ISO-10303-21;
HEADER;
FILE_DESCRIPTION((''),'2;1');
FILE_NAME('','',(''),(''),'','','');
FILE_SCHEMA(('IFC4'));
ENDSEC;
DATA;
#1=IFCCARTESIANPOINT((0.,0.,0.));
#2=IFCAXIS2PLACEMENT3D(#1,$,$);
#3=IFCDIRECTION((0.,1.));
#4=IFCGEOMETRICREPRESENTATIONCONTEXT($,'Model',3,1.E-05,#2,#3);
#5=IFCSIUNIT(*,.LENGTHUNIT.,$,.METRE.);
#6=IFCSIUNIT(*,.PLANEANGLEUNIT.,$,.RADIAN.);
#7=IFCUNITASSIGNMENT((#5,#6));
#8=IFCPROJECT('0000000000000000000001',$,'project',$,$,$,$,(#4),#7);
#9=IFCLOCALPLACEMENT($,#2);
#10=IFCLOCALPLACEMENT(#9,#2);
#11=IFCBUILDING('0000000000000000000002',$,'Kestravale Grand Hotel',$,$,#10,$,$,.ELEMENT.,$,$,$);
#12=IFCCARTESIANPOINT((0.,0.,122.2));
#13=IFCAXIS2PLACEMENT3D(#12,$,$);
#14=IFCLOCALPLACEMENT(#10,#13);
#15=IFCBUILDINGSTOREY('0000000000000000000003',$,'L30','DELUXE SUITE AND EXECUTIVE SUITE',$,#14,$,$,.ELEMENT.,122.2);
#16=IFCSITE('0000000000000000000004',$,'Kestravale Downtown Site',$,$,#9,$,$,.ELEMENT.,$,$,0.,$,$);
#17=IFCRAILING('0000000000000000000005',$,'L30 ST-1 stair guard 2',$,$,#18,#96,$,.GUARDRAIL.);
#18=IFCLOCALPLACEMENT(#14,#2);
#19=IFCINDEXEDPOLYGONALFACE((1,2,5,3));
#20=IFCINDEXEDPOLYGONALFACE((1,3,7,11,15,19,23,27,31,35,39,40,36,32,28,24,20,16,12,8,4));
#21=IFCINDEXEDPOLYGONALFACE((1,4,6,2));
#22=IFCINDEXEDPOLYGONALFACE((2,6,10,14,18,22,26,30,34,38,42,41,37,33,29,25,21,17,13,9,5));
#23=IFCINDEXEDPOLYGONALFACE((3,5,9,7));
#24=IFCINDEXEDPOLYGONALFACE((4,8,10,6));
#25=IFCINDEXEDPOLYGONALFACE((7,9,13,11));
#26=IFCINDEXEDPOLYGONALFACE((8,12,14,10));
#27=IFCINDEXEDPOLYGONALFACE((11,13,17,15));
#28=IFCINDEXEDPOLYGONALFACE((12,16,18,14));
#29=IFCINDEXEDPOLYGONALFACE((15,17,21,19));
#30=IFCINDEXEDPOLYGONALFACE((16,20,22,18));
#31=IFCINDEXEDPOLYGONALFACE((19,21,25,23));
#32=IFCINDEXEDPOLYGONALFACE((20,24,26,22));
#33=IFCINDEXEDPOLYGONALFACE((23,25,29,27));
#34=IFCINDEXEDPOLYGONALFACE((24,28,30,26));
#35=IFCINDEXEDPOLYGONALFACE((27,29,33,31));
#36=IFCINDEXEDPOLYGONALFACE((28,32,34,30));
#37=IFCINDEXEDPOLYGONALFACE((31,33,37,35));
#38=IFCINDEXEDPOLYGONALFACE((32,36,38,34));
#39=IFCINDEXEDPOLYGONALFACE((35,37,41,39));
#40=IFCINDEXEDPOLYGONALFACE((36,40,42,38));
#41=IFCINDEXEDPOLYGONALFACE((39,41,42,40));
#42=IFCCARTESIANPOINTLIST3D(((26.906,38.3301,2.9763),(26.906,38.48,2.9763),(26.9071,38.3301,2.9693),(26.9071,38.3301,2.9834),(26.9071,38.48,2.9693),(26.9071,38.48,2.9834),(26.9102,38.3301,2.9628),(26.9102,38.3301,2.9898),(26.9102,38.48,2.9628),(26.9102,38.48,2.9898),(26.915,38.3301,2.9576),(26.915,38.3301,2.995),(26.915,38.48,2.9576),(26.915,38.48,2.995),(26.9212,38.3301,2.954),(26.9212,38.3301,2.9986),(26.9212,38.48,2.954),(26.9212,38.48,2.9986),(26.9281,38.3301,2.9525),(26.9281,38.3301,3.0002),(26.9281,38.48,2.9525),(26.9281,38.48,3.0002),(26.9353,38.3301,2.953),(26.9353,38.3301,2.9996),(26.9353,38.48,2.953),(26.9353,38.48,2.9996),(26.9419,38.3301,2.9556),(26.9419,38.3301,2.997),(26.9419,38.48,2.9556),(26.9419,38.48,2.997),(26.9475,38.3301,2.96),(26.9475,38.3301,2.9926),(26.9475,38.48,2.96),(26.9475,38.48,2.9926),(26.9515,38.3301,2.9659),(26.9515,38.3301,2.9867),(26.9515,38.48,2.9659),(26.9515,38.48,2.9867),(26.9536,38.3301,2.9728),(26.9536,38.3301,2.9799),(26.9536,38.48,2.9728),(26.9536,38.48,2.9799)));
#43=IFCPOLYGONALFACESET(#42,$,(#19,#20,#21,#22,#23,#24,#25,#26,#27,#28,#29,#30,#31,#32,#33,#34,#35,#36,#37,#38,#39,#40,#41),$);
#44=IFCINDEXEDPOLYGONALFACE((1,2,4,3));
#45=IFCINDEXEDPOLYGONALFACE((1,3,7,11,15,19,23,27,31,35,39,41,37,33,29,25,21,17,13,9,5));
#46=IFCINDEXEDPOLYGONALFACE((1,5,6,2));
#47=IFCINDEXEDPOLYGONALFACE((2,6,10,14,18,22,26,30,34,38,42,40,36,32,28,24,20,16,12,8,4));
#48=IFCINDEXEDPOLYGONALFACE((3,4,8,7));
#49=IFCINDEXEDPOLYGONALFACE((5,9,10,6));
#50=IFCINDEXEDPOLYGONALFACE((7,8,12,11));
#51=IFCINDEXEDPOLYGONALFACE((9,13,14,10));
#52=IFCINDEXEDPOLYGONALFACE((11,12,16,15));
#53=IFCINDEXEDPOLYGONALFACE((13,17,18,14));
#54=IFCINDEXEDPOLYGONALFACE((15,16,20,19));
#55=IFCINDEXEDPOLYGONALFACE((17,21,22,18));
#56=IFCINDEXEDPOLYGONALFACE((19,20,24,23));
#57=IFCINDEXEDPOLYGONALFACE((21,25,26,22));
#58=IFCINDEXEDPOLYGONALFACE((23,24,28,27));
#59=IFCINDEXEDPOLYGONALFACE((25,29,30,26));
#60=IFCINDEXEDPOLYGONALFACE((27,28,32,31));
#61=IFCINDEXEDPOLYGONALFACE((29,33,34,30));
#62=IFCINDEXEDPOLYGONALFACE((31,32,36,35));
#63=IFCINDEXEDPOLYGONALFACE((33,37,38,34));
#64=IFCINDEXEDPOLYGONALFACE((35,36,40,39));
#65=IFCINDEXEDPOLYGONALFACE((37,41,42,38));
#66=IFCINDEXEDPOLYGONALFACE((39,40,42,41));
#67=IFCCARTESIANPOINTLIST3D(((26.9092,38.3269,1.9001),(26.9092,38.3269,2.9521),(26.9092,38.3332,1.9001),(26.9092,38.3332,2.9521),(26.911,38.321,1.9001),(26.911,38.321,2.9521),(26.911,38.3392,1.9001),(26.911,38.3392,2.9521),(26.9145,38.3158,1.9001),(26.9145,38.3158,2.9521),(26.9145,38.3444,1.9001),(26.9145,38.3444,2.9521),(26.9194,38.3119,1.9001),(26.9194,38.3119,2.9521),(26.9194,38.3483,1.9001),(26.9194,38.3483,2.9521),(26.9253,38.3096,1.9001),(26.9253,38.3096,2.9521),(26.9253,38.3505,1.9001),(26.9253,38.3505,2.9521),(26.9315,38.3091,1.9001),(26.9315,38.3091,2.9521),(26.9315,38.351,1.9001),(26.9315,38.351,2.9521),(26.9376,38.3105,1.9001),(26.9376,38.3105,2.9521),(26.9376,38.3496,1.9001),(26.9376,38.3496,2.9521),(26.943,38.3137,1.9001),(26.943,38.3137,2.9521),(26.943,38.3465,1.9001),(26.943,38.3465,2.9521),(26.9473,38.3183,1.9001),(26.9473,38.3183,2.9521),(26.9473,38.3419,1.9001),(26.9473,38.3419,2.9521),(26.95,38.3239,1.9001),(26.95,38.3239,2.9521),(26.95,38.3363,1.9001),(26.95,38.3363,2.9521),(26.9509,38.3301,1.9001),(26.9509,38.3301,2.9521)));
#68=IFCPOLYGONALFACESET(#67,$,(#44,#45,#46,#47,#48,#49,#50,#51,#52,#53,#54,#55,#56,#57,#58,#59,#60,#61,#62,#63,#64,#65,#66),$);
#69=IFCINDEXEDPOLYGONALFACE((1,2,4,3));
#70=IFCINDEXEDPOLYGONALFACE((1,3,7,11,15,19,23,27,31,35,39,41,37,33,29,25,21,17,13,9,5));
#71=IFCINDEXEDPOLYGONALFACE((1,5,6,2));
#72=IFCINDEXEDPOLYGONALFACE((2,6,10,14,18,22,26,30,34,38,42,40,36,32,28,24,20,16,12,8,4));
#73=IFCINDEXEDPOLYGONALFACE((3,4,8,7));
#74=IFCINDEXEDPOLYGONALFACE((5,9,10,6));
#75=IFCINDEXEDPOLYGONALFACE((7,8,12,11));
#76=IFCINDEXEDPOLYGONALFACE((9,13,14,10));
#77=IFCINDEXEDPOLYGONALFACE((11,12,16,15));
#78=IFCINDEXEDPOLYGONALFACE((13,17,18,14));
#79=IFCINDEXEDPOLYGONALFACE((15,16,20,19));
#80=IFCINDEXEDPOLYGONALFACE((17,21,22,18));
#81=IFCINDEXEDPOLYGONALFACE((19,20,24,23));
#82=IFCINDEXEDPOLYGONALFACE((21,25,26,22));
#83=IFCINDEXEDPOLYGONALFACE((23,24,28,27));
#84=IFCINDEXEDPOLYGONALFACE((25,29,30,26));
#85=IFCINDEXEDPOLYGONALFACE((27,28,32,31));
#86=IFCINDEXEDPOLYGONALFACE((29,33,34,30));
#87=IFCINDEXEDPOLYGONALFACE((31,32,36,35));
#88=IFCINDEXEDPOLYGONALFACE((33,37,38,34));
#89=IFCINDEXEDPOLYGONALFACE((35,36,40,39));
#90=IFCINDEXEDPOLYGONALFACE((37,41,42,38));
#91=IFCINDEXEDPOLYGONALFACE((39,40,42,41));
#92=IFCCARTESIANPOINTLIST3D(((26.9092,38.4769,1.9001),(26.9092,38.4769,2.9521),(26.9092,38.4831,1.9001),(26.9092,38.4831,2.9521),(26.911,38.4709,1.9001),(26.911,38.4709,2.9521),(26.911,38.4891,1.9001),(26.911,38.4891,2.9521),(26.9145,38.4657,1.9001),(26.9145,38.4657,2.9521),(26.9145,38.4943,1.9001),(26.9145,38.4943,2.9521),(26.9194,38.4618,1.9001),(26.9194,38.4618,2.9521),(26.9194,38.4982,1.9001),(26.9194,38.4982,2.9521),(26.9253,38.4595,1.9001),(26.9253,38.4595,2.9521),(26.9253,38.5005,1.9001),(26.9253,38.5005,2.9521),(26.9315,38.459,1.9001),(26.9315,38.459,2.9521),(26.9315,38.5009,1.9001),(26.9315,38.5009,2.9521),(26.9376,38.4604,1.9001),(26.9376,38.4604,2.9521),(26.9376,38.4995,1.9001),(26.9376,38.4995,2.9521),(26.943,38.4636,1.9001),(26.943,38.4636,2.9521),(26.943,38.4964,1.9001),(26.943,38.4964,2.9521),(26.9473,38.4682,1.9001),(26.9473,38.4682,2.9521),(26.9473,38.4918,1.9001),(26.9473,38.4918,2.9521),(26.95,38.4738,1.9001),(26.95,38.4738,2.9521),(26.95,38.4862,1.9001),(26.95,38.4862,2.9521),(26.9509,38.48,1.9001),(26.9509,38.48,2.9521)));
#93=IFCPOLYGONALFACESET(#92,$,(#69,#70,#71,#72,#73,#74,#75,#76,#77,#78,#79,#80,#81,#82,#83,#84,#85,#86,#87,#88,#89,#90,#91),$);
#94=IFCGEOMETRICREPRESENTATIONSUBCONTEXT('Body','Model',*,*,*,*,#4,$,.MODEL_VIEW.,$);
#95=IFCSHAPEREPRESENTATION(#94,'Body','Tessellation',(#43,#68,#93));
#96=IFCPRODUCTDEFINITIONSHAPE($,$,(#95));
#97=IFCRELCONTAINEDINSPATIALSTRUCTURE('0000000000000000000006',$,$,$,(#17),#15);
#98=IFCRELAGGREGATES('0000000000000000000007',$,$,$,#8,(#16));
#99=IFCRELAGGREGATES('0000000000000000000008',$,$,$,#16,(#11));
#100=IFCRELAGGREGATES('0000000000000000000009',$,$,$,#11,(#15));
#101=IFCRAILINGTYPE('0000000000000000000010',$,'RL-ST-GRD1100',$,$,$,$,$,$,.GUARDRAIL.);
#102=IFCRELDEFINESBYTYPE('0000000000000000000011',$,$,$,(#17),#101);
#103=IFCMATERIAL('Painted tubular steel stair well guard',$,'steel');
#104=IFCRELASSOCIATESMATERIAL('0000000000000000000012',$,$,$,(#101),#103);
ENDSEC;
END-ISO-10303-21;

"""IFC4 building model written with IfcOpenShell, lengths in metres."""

from ifc_helpers import new_model, si_unit, direction, frame, origin, origin_2d, place, context, subcontext, project, spatial, circle, extrude, material, type_object, element, save


model = new_model("IFC4")

# Units and contexts
model_context = context("Model", 3, precision=1e-05, world=origin(), true_north=direction((0.0, 1.0)))
body_context = subcontext(model_context, "Body", "Model", "MODEL_VIEW")
ifc_project = project(units=[si_unit("LENGTHUNIT", "METRE"), si_unit("PLANEANGLEUNIT", "RADIAN")], contexts=[model_context])

# Site, building, storey
site_placement = place(None, origin())
site = spatial("IfcSite", under=ifc_project, at=site_placement, Name="Kestravale Downtown Site", CompositionType="ELEMENT", RefElevation=0.0)
building_placement = place(site_placement, origin())
building = spatial("IfcBuilding", under=site, at=building_placement, Name="Kestravale Grand Hotel", CompositionType="ELEMENT")
storey_placement = place(building_placement, frame((0.0, 0.0, 122.2)))
storey = spatial("IfcBuildingStorey", under=building, at=storey_placement, Name="L30", Description="DELUXE SUITE AND EXECUTIVE SUITE", CompositionType="ELEMENT", Elevation=122.2)

# Railing
ifc_material_1 = material(Name="Painted tubular steel stair well guard", Category="steel")
railing_type_1 = type_object("IfcRailingType", Name="RL-ST-GRD1100", PredefinedType="GUARDRAIL", material=ifc_material_1)
railing_1_placement = place(storey_placement, frame((26.9299, 38.3301, 1.9001)))
element("IfcRailing", 1, at=railing_1_placement, inside=storey, type_object=railing_type_1, Name="L30 ST-1 stair guard 2", PredefinedType="GUARDRAIL", context=body_context, shape_type="SweptSolid", body=[
    extrude(circle(Radius=0.0239, at=origin_2d()), frame((0.0, 0.0, 1.0762), z_axis=(0.0, 1.0, 0.0), x_axis=(-1.0, 0.0, 0.0)), (0.0, 0.0, 1.0), 0.1499),
    extrude(circle(Radius=0.021, at=origin_2d()), origin(), (0.0, 0.0, 1.0), 1.052),
    extrude(circle(Radius=0.021, at=origin_2d()), frame((0.0, 0.1499, 0.0)), (0.0, 0.0, 1.0), 1.052),
])

save(model, "model.ifc")
